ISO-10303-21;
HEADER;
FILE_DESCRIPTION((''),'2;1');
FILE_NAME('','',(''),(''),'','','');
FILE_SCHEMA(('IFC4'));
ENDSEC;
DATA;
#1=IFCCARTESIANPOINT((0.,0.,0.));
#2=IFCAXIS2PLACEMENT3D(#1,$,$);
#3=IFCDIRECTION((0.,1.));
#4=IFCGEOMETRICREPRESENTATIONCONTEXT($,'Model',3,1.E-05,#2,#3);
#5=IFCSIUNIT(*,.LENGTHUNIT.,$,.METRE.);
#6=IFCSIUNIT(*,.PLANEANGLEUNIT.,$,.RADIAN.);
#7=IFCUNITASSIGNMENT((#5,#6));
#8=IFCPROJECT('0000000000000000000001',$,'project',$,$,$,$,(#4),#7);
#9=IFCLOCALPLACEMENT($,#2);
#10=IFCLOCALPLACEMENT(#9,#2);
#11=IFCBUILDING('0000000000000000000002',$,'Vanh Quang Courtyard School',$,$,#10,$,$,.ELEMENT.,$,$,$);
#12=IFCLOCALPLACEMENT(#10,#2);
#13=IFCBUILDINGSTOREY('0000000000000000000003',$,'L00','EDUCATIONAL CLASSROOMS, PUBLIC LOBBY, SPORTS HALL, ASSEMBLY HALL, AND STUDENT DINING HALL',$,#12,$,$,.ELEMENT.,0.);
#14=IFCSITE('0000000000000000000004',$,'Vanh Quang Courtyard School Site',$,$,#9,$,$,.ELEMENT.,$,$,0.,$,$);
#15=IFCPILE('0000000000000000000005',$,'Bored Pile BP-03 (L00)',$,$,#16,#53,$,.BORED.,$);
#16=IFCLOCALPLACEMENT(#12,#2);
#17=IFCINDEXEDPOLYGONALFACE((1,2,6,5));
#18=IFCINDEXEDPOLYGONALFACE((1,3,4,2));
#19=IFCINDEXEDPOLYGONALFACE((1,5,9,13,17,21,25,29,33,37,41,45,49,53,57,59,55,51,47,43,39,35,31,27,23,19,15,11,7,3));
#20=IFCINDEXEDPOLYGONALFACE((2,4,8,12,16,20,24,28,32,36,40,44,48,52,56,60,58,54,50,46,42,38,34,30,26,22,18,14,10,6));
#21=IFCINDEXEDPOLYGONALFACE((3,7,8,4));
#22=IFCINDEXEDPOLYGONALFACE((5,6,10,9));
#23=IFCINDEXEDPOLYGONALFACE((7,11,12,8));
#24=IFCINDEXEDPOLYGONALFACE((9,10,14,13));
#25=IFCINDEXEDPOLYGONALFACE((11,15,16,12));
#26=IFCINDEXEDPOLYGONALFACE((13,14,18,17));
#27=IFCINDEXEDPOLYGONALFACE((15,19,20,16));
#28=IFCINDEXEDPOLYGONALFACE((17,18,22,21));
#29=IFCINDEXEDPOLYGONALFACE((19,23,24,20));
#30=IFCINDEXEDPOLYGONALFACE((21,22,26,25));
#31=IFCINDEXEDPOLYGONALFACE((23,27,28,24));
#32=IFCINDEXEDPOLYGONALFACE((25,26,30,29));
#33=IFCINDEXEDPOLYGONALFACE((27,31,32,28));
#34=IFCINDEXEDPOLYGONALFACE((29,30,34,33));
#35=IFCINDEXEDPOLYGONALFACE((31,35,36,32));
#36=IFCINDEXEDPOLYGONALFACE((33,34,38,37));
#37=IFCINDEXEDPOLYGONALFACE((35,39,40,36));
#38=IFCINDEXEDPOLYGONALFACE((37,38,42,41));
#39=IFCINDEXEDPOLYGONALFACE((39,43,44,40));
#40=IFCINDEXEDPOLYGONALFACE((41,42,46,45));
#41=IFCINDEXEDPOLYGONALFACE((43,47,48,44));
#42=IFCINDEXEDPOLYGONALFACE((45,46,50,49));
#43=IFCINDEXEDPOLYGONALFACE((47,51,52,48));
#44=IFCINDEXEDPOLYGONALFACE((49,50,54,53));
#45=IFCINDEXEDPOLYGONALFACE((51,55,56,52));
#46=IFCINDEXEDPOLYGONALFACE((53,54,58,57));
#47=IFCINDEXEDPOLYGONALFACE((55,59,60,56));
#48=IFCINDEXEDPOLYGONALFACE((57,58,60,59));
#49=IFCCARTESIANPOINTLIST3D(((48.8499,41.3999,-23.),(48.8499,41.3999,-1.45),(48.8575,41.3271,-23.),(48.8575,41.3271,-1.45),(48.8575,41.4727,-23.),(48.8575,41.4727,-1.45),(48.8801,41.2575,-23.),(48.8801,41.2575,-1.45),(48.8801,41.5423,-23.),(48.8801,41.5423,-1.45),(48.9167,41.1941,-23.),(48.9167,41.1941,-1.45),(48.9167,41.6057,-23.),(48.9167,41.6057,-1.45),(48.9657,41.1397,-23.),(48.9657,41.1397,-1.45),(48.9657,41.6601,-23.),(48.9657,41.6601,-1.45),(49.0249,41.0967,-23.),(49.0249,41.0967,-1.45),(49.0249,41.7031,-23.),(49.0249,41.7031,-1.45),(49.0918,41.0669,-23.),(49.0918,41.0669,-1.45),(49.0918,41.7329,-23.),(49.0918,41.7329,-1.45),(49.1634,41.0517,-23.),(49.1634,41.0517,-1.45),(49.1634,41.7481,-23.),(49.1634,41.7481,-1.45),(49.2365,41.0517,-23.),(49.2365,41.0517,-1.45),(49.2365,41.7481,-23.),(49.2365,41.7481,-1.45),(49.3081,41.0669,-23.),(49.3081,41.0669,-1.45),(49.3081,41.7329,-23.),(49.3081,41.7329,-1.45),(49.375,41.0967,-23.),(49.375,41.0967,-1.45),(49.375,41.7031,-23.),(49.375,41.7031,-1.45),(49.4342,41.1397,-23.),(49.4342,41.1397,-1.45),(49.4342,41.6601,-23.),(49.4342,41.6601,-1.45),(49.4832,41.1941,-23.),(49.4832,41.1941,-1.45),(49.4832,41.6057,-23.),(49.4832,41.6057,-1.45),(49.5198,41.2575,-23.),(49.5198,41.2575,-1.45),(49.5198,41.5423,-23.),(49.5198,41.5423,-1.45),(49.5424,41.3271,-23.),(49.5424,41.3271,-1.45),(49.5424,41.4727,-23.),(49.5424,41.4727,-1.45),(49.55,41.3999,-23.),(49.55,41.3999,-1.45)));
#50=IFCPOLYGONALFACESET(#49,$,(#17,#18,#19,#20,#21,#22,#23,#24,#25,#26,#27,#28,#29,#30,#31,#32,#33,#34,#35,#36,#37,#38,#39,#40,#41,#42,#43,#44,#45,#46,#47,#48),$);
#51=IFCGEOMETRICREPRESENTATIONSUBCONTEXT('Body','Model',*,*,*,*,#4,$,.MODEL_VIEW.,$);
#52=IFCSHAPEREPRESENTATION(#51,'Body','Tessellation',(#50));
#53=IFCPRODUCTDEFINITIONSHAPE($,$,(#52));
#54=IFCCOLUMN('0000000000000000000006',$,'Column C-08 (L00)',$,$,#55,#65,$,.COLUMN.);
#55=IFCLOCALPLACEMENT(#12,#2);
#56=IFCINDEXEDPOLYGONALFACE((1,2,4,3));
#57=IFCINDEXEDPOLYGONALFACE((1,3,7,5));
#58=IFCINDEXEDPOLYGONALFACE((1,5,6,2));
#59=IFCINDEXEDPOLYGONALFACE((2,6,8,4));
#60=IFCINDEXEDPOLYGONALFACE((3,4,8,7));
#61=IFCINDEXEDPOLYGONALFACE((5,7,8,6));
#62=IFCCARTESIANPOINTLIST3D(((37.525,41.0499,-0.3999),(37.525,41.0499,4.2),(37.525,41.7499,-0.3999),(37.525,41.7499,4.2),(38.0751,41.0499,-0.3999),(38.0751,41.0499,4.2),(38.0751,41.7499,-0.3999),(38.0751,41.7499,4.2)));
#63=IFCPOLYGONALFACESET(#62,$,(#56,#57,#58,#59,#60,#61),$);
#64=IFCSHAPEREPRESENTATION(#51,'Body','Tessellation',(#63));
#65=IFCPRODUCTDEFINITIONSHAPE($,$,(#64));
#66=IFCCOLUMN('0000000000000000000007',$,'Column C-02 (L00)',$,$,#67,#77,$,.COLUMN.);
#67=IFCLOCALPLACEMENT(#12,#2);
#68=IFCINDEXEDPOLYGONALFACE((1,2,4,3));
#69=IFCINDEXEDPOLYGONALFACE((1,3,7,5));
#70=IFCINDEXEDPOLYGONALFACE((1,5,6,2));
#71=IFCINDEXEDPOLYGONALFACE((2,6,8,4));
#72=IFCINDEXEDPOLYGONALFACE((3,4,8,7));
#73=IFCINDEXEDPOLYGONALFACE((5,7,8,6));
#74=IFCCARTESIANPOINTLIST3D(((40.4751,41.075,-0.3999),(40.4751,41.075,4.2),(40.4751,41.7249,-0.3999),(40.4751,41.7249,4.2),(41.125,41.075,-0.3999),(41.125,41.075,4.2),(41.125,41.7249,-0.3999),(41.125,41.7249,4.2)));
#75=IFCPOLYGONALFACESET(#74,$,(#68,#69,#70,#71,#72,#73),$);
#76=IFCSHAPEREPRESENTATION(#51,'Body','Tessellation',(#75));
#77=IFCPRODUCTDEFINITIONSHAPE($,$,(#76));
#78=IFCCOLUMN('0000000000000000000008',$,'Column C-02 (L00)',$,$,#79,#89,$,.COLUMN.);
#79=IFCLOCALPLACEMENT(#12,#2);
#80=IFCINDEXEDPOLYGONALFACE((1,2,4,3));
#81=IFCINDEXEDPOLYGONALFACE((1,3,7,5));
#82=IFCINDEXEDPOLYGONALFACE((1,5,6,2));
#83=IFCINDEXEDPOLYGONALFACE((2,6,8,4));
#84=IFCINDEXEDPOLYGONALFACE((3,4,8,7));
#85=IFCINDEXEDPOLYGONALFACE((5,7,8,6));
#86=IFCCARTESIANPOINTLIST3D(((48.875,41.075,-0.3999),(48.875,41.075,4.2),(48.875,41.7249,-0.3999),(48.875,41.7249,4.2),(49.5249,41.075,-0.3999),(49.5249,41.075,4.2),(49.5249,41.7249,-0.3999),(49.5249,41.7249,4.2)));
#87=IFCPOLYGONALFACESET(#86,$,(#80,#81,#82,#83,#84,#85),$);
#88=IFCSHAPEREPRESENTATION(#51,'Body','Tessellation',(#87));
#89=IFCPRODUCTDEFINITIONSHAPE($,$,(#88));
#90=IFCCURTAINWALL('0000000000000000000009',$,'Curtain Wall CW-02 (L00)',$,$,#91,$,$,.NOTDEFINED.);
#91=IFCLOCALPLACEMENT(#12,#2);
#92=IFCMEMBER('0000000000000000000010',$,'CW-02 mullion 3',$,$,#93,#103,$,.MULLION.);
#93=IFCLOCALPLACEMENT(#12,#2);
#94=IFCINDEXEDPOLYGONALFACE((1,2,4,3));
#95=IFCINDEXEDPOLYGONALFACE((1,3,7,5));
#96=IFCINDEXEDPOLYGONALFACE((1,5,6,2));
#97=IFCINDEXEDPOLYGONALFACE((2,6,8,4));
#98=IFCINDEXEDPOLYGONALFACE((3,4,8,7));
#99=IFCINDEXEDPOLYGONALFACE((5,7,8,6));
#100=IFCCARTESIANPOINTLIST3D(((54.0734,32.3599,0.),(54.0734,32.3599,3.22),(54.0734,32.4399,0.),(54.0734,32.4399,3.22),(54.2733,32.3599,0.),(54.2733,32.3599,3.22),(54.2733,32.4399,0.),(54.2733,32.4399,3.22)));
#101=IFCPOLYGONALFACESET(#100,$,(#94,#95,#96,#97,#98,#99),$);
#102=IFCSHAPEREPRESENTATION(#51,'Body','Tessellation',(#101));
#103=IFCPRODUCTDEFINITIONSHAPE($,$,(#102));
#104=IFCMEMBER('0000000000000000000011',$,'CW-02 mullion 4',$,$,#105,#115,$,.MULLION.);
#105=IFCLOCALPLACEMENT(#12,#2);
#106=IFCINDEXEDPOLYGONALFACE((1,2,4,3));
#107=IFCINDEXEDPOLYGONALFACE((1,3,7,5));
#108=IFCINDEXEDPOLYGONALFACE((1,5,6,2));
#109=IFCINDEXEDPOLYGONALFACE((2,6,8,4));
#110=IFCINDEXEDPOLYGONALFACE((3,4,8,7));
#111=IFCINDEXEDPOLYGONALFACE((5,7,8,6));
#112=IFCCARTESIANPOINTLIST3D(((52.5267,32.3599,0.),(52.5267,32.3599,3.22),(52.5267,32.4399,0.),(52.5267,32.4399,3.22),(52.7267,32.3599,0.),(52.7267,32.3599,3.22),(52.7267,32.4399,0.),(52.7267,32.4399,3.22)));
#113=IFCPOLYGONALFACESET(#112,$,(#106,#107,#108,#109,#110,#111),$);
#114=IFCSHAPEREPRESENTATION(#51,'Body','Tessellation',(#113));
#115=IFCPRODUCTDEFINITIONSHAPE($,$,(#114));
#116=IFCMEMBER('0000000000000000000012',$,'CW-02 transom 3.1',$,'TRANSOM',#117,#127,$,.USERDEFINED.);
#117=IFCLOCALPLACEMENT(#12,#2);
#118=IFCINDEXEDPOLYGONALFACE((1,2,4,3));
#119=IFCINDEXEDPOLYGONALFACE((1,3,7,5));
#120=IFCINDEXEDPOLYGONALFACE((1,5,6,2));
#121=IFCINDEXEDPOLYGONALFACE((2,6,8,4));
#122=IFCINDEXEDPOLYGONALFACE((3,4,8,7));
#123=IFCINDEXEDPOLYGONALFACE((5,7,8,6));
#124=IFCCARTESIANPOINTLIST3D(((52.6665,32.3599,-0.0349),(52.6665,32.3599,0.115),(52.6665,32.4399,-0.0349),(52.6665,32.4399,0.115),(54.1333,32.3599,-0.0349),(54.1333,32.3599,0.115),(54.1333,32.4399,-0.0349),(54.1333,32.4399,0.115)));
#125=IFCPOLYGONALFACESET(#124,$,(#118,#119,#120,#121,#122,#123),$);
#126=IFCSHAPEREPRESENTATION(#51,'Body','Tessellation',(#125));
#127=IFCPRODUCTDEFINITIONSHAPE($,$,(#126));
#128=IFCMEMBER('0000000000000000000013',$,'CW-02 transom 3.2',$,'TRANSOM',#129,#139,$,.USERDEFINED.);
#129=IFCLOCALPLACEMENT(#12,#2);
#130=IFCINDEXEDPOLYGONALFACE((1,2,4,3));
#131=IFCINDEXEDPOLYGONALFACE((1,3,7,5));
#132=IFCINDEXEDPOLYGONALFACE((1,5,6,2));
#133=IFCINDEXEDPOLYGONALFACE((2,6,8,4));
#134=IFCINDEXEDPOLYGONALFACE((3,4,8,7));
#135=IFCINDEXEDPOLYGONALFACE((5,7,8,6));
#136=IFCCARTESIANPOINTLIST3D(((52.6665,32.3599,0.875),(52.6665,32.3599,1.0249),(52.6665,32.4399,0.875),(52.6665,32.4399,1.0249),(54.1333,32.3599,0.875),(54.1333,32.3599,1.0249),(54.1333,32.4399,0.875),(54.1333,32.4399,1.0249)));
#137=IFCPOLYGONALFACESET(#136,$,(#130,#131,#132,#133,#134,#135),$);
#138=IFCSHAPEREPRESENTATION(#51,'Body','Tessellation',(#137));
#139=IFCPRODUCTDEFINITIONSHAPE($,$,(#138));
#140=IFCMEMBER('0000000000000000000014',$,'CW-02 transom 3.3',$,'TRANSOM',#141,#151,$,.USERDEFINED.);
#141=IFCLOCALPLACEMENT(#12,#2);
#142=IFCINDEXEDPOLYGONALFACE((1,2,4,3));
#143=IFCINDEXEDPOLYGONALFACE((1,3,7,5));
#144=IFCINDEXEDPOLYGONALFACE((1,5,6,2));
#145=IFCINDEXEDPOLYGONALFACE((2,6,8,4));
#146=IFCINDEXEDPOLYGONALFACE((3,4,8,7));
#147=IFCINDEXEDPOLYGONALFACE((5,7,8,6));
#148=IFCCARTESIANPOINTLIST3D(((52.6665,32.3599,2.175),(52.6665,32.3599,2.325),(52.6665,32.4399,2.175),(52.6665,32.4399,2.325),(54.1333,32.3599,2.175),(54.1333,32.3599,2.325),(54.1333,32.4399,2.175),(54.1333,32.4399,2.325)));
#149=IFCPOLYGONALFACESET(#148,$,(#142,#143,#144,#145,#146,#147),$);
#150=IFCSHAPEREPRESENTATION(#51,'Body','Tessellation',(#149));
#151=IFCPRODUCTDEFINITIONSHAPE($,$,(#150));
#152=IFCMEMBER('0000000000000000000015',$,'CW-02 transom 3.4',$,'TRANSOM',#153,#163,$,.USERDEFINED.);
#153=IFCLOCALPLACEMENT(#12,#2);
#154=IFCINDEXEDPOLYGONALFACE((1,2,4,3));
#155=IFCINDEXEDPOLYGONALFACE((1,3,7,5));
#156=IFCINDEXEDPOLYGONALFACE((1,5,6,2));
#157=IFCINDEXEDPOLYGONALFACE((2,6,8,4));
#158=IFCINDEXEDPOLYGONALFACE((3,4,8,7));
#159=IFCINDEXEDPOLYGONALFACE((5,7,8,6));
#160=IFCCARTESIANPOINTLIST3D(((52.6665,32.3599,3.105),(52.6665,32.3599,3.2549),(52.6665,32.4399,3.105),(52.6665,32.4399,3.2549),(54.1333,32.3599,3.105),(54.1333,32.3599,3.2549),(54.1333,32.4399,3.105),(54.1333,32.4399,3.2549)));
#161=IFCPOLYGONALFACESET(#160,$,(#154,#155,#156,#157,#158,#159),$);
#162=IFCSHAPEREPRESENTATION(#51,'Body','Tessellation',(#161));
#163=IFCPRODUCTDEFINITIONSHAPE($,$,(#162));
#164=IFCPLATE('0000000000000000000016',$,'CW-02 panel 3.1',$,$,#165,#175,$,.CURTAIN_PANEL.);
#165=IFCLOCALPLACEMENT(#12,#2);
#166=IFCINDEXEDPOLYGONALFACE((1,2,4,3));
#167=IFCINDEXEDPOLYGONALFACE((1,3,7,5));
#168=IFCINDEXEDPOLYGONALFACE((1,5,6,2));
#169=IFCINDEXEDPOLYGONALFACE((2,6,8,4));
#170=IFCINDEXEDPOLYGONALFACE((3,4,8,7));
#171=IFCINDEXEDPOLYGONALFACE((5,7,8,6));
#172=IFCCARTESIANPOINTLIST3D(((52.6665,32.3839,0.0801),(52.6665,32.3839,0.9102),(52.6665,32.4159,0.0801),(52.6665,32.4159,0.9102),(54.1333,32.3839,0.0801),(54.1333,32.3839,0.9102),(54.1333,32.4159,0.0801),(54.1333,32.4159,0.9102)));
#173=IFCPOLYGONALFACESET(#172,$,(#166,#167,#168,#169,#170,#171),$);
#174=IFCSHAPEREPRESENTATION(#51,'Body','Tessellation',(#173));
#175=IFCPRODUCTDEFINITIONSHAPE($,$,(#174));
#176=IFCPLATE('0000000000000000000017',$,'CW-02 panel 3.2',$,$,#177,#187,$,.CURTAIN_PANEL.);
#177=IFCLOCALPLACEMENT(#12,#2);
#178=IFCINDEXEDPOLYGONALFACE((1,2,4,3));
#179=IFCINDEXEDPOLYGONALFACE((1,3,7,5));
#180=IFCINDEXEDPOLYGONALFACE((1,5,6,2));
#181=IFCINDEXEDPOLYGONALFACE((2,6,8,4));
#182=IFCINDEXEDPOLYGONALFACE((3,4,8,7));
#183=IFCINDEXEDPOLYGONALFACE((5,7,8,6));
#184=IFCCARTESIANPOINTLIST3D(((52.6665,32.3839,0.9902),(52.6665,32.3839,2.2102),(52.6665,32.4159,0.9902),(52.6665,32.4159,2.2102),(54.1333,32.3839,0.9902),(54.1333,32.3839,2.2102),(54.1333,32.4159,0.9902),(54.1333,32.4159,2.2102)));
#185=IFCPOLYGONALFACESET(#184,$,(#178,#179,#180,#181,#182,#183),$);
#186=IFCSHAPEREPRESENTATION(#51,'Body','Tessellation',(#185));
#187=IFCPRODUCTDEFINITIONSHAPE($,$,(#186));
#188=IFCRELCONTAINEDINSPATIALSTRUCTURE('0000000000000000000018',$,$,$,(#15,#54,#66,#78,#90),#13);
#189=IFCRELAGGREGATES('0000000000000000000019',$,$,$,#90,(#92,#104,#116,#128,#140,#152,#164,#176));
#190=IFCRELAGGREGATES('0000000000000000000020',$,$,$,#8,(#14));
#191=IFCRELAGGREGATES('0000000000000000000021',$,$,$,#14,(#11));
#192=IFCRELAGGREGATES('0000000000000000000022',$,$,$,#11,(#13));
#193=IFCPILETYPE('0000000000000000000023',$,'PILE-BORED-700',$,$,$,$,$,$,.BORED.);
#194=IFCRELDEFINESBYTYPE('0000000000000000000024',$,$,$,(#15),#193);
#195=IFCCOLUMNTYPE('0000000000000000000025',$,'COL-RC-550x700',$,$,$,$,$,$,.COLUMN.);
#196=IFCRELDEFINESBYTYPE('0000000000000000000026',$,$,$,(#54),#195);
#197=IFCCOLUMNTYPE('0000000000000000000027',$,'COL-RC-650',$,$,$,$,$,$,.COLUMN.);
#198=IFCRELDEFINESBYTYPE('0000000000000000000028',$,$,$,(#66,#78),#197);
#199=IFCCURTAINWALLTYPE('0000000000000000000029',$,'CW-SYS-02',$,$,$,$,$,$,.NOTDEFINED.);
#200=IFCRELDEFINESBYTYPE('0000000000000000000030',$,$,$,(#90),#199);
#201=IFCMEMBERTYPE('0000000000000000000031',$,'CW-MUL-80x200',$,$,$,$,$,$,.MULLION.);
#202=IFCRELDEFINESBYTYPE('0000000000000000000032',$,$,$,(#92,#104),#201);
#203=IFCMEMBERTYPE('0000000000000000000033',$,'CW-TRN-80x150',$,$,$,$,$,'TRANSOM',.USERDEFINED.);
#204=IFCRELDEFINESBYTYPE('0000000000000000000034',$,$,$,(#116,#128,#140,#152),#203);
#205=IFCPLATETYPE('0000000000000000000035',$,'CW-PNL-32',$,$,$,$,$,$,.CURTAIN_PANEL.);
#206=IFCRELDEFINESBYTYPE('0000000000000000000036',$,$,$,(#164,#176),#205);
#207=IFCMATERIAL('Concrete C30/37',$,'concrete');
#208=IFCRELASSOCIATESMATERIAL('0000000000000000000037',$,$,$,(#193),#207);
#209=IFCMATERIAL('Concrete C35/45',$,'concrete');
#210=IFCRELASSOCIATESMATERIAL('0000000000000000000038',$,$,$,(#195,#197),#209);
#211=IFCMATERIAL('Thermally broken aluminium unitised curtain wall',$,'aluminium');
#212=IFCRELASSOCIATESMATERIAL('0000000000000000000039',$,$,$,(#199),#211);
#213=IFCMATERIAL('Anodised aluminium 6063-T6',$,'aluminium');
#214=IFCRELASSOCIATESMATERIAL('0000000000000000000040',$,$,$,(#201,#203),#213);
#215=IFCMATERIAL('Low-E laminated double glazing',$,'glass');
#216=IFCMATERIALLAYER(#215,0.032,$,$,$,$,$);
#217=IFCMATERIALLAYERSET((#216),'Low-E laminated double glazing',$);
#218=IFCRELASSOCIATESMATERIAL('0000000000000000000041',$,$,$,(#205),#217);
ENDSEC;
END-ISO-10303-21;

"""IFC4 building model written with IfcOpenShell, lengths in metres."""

from ifc_helpers import new_model, si_unit, direction, frame, origin, origin_2d, place, context, subcontext, project, spatial, rectangle, circle, extrude, material, layer, layer_set, material_profile, profile_set, type_object, element, aggregate, save


model = new_model("IFC4")

# Units and contexts
model_context = context("Model", 3, precision=1e-05, world=origin(), true_north=direction((0.0, 1.0)))
body_context = subcontext(model_context, "Body", "Model", "MODEL_VIEW")
ifc_project = project(units=[si_unit("LENGTHUNIT", "METRE"), si_unit("PLANEANGLEUNIT", "RADIAN")], contexts=[model_context])

# Site, building, storey
site_placement = place(None, origin())
site = spatial("IfcSite", under=ifc_project, at=site_placement, Name="Vanh Quang Courtyard School Site", CompositionType="ELEMENT", RefElevation=0.0)
building_placement = place(site_placement, origin())
building = spatial("IfcBuilding", under=site, at=building_placement, Name="Vanh Quang Courtyard School", CompositionType="ELEMENT")
storey_placement = place(building_placement, origin())
storey = spatial("IfcBuildingStorey", under=building, at=storey_placement, Name="L00", Description="EDUCATIONAL CLASSROOMS, PUBLIC LOBBY, SPORTS HALL, ASSEMBLY HALL, AND STUDENT DINING HALL", CompositionType="ELEMENT", Elevation=0.0)

# Shared definitions
ifc_material_1 = material(Name="Concrete C35/45", Category="concrete")

# Pile
ifc_material_2 = material(Name="Concrete C30/37", Category="concrete")
ifc_material_profile_1 = material_profile(ifc_material_2, circle(Radius=0.3501, at=origin_2d()), Name="PILE D700")
ifc_profile_set_1 = profile_set([ifc_material_profile_1], Name="Concrete C30/37")
pile_type = type_object("IfcPileType", Name="PILE-BORED-700", PredefinedType="BORED", material=ifc_profile_set_1)
pile_placement = place(storey_placement, frame((49.2, 41.3999, -1.45), z_axis=(0.0, 0.0, -1.0), x_axis=(1.0, 0.0, 0.0)))
element("IfcPile", 1, at=pile_placement, inside=storey, type_object=pile_type, Name="Bored Pile BP-03 (L00)", PredefinedType="BORED", context=body_context, shape_type="SweptSolid", body=[
    extrude(circle(Radius=0.3501, at=origin_2d()), origin(), (0.0, 0.0, 1.0), 21.55),
])

# Columns
ifc_material_profile_2 = material_profile(ifc_material_1, rectangle(XDim=0.55, YDim=0.7, at=origin_2d()), Name="RC-COL 550x700")
ifc_profile_set_2 = profile_set([ifc_material_profile_2], Name="Concrete C35/45")
column_type_1 = type_object("IfcColumnType", Name="COL-RC-550x700", PredefinedType="COLUMN", material=ifc_profile_set_2)
column_placement = place(storey_placement, frame((37.8, 41.3999, -0.3999), z_axis=(0.0, 0.0, 1.0), x_axis=(1.0, 0.0, 0.0)))
element("IfcColumn", 2, at=column_placement, inside=storey, type_object=column_type_1, Name="Column C-08 (L00)", PredefinedType="COLUMN", context=body_context, shape_type="SweptSolid", body=[
    extrude(rectangle(XDim=0.55, YDim=0.7, at=origin_2d()), origin(), (0.0, 0.0, 1.0), 4.5999),
])
ifc_material_profile_3 = material_profile(ifc_material_1, rectangle(XDim=0.6499, YDim=0.6499, at=origin_2d()), Name="RC-COL 650x650")
ifc_profile_set_3 = profile_set([ifc_material_profile_3], Name="Concrete C35/45")
column_type_2 = type_object("IfcColumnType", Name="COL-RC-650", PredefinedType="COLUMN", material=ifc_profile_set_3)
for number, where, z_axis, x_axis, name in (
    (3, (40.8, 41.3999, -0.3999), (0.0, 0.0, 1.0), (1.0, 0.0, 0.0), "Column C-02 (L00)"),
    (4, (49.2, 41.3999, -0.3999), (0.0, 0.0, 1.0), (1.0, 0.0, 0.0), "Column C-02 (L00)"),
):
    element("IfcColumn", number, at=place(storey_placement, frame(where, z_axis=z_axis, x_axis=x_axis)), inside=storey, type_object=column_type_2, Name=name, PredefinedType="COLUMN", context=body_context, shape_type="SweptSolid", body=[
        extrude(rectangle(XDim=0.6499, YDim=0.6499, at=origin_2d()), origin(), (0.0, 0.0, 1.0), 4.5999),
    ])

# Curtain wall, members, plates
ifc_material_3 = material(Name="Thermally broken aluminium unitised curtain wall", Category="aluminium")
curtain_wall_type = type_object("IfcCurtainWallType", Name="CW-SYS-02", PredefinedType="NOTDEFINED", material=ifc_material_3)
curtain_wall_placement = place(storey_placement, origin())
curtain_wall = element("IfcCurtainWall", 5, at=curtain_wall_placement, inside=storey, type_object=curtain_wall_type, Name="Curtain Wall CW-02 (L00)", PredefinedType="NOTDEFINED")
ifc_material_4 = material(Name="Anodised aluminium 6063-T6", Category="aluminium")
ifc_material_profile_4 = material_profile(ifc_material_4, rectangle(XDim=0.0801, YDim=0.2, at=origin_2d()), Name="ALU-MUL 80x200")
ifc_profile_set_4 = profile_set([ifc_material_profile_4], Name="Anodised aluminium 6063-T6")
member_type_1 = type_object("IfcMemberType", Name="CW-MUL-80x200", PredefinedType="MULLION", material=ifc_profile_set_4)
member_1_placement = place(storey_placement, frame((54.1733, 32.3999, 0.0), z_axis=(0.0, 0.0, 1.0), x_axis=(0.0, -1.0, 0.0)))
member_1 = element("IfcMember", 6, at=member_1_placement, type_object=member_type_1, Name="CW-02 mullion 3", PredefinedType="MULLION", context=body_context, shape_type="SweptSolid", body=[
    extrude(rectangle(XDim=0.0801, YDim=0.2, at=origin_2d()), origin(), (0.0, 0.0, 1.0), 3.22),
])
member_2_placement = place(storey_placement, frame((52.6267, 32.3999, 0.0), z_axis=(0.0, 0.0, 1.0), x_axis=(0.0, -1.0, 0.0)))
member_2 = element("IfcMember", 7, at=member_2_placement, type_object=member_type_1, Name="CW-02 mullion 4", PredefinedType="MULLION", context=body_context, shape_type="SweptSolid", body=[
    extrude(rectangle(XDim=0.0801, YDim=0.2, at=origin_2d()), origin(), (0.0, 0.0, 1.0), 3.22),
])
ifc_material_profile_5 = material_profile(ifc_material_4, rectangle(XDim=0.0801, YDim=0.1499, at=origin_2d()), Name="ALU-TRN 80x150")
ifc_profile_set_5 = profile_set([ifc_material_profile_5], Name="Anodised aluminium 6063-T6")
member_type_2 = type_object("IfcMemberType", Name="CW-TRN-80x150", ElementType="TRANSOM", PredefinedType="USERDEFINED", material=ifc_profile_set_5)
member_3_placement = place(storey_placement, frame((54.1333, 32.3999, 0.04), z_axis=(-1.0, 0.0, 0.0), x_axis=(0.0, -1.0, 0.0)))
member_3 = element("IfcMember", 8, at=member_3_placement, type_object=member_type_2, Name="CW-02 transom 3.1", ObjectType="TRANSOM", PredefinedType="USERDEFINED", context=body_context, shape_type="SweptSolid", body=[
    extrude(rectangle(XDim=0.0801, YDim=0.1499, at=origin_2d()), origin(), (0.0, 0.0, 1.0), 1.4668),
])
member_4_placement = place(storey_placement, frame((54.1333, 32.3999, 0.95), z_axis=(-1.0, 0.0, 0.0), x_axis=(0.0, -1.0, 0.0)))
member_4 = element("IfcMember", 9, at=member_4_placement, type_object=member_type_2, Name="CW-02 transom 3.2", ObjectType="TRANSOM", PredefinedType="USERDEFINED", context=body_context, shape_type="SweptSolid", body=[
    extrude(rectangle(XDim=0.0801, YDim=0.1499, at=origin_2d()), origin(), (0.0, 0.0, 1.0), 1.4668),
])
member_5_placement = place(storey_placement, frame((54.1333, 32.3999, 2.25), z_axis=(-1.0, 0.0, 0.0), x_axis=(0.0, -1.0, 0.0)))
member_5 = element("IfcMember", 10, at=member_5_placement, type_object=member_type_2, Name="CW-02 transom 3.3", ObjectType="TRANSOM", PredefinedType="USERDEFINED", context=body_context, shape_type="SweptSolid", body=[
    extrude(rectangle(XDim=0.0801, YDim=0.1499, at=origin_2d()), origin(), (0.0, 0.0, 1.0), 1.4668),
])
member_6_placement = place(storey_placement, frame((54.1333, 32.3999, 3.1799), z_axis=(-1.0, 0.0, 0.0), x_axis=(0.0, -1.0, 0.0)))
member_6 = element("IfcMember", 11, at=member_6_placement, type_object=member_type_2, Name="CW-02 transom 3.4", ObjectType="TRANSOM", PredefinedType="USERDEFINED", context=body_context, shape_type="SweptSolid", body=[
    extrude(rectangle(XDim=0.0801, YDim=0.1499, at=origin_2d()), origin(), (0.0, 0.0, 1.0), 1.4668),
])
ifc_material_5 = material(Name="Low-E laminated double glazing", Category="glass")
ifc_layer_1 = layer(ifc_material_5, 0.032)
ifc_layer_set_1 = layer_set([ifc_layer_1], Name="Low-E laminated double glazing")
plate_type = type_object("IfcPlateType", Name="CW-PNL-32", PredefinedType="CURTAIN_PANEL", material=ifc_layer_set_1)
plate_1_placement = place(storey_placement, frame((53.3999, 32.3999, 0.0801), z_axis=(0.0, 0.0, 1.0), x_axis=(-1.0, 0.0, 0.0)))
plate_1 = element("IfcPlate", 12, at=plate_1_placement, type_object=plate_type, Name="CW-02 panel 3.1", PredefinedType="CURTAIN_PANEL", context=body_context, shape_type="SweptSolid", body=[
    extrude(rectangle(XDim=1.4668, YDim=0.032, at=origin_2d()), origin(), (0.0, 0.0, 1.0), 0.8301),
])
plate_2_placement = place(storey_placement, frame((53.3999, 32.3999, 0.9902), z_axis=(0.0, 0.0, 1.0), x_axis=(-1.0, 0.0, 0.0)))
plate_2 = element("IfcPlate", 13, at=plate_2_placement, type_object=plate_type, Name="CW-02 panel 3.2", PredefinedType="CURTAIN_PANEL", context=body_context, shape_type="SweptSolid", body=[
    extrude(rectangle(XDim=1.4668, YDim=0.032, at=origin_2d()), origin(), (0.0, 0.0, 1.0), 1.22),
])
aggregate(curtain_wall, [member_1, member_2, member_3, member_4, member_5, member_6, plate_1, plate_2])

save(model, "model.ifc")
